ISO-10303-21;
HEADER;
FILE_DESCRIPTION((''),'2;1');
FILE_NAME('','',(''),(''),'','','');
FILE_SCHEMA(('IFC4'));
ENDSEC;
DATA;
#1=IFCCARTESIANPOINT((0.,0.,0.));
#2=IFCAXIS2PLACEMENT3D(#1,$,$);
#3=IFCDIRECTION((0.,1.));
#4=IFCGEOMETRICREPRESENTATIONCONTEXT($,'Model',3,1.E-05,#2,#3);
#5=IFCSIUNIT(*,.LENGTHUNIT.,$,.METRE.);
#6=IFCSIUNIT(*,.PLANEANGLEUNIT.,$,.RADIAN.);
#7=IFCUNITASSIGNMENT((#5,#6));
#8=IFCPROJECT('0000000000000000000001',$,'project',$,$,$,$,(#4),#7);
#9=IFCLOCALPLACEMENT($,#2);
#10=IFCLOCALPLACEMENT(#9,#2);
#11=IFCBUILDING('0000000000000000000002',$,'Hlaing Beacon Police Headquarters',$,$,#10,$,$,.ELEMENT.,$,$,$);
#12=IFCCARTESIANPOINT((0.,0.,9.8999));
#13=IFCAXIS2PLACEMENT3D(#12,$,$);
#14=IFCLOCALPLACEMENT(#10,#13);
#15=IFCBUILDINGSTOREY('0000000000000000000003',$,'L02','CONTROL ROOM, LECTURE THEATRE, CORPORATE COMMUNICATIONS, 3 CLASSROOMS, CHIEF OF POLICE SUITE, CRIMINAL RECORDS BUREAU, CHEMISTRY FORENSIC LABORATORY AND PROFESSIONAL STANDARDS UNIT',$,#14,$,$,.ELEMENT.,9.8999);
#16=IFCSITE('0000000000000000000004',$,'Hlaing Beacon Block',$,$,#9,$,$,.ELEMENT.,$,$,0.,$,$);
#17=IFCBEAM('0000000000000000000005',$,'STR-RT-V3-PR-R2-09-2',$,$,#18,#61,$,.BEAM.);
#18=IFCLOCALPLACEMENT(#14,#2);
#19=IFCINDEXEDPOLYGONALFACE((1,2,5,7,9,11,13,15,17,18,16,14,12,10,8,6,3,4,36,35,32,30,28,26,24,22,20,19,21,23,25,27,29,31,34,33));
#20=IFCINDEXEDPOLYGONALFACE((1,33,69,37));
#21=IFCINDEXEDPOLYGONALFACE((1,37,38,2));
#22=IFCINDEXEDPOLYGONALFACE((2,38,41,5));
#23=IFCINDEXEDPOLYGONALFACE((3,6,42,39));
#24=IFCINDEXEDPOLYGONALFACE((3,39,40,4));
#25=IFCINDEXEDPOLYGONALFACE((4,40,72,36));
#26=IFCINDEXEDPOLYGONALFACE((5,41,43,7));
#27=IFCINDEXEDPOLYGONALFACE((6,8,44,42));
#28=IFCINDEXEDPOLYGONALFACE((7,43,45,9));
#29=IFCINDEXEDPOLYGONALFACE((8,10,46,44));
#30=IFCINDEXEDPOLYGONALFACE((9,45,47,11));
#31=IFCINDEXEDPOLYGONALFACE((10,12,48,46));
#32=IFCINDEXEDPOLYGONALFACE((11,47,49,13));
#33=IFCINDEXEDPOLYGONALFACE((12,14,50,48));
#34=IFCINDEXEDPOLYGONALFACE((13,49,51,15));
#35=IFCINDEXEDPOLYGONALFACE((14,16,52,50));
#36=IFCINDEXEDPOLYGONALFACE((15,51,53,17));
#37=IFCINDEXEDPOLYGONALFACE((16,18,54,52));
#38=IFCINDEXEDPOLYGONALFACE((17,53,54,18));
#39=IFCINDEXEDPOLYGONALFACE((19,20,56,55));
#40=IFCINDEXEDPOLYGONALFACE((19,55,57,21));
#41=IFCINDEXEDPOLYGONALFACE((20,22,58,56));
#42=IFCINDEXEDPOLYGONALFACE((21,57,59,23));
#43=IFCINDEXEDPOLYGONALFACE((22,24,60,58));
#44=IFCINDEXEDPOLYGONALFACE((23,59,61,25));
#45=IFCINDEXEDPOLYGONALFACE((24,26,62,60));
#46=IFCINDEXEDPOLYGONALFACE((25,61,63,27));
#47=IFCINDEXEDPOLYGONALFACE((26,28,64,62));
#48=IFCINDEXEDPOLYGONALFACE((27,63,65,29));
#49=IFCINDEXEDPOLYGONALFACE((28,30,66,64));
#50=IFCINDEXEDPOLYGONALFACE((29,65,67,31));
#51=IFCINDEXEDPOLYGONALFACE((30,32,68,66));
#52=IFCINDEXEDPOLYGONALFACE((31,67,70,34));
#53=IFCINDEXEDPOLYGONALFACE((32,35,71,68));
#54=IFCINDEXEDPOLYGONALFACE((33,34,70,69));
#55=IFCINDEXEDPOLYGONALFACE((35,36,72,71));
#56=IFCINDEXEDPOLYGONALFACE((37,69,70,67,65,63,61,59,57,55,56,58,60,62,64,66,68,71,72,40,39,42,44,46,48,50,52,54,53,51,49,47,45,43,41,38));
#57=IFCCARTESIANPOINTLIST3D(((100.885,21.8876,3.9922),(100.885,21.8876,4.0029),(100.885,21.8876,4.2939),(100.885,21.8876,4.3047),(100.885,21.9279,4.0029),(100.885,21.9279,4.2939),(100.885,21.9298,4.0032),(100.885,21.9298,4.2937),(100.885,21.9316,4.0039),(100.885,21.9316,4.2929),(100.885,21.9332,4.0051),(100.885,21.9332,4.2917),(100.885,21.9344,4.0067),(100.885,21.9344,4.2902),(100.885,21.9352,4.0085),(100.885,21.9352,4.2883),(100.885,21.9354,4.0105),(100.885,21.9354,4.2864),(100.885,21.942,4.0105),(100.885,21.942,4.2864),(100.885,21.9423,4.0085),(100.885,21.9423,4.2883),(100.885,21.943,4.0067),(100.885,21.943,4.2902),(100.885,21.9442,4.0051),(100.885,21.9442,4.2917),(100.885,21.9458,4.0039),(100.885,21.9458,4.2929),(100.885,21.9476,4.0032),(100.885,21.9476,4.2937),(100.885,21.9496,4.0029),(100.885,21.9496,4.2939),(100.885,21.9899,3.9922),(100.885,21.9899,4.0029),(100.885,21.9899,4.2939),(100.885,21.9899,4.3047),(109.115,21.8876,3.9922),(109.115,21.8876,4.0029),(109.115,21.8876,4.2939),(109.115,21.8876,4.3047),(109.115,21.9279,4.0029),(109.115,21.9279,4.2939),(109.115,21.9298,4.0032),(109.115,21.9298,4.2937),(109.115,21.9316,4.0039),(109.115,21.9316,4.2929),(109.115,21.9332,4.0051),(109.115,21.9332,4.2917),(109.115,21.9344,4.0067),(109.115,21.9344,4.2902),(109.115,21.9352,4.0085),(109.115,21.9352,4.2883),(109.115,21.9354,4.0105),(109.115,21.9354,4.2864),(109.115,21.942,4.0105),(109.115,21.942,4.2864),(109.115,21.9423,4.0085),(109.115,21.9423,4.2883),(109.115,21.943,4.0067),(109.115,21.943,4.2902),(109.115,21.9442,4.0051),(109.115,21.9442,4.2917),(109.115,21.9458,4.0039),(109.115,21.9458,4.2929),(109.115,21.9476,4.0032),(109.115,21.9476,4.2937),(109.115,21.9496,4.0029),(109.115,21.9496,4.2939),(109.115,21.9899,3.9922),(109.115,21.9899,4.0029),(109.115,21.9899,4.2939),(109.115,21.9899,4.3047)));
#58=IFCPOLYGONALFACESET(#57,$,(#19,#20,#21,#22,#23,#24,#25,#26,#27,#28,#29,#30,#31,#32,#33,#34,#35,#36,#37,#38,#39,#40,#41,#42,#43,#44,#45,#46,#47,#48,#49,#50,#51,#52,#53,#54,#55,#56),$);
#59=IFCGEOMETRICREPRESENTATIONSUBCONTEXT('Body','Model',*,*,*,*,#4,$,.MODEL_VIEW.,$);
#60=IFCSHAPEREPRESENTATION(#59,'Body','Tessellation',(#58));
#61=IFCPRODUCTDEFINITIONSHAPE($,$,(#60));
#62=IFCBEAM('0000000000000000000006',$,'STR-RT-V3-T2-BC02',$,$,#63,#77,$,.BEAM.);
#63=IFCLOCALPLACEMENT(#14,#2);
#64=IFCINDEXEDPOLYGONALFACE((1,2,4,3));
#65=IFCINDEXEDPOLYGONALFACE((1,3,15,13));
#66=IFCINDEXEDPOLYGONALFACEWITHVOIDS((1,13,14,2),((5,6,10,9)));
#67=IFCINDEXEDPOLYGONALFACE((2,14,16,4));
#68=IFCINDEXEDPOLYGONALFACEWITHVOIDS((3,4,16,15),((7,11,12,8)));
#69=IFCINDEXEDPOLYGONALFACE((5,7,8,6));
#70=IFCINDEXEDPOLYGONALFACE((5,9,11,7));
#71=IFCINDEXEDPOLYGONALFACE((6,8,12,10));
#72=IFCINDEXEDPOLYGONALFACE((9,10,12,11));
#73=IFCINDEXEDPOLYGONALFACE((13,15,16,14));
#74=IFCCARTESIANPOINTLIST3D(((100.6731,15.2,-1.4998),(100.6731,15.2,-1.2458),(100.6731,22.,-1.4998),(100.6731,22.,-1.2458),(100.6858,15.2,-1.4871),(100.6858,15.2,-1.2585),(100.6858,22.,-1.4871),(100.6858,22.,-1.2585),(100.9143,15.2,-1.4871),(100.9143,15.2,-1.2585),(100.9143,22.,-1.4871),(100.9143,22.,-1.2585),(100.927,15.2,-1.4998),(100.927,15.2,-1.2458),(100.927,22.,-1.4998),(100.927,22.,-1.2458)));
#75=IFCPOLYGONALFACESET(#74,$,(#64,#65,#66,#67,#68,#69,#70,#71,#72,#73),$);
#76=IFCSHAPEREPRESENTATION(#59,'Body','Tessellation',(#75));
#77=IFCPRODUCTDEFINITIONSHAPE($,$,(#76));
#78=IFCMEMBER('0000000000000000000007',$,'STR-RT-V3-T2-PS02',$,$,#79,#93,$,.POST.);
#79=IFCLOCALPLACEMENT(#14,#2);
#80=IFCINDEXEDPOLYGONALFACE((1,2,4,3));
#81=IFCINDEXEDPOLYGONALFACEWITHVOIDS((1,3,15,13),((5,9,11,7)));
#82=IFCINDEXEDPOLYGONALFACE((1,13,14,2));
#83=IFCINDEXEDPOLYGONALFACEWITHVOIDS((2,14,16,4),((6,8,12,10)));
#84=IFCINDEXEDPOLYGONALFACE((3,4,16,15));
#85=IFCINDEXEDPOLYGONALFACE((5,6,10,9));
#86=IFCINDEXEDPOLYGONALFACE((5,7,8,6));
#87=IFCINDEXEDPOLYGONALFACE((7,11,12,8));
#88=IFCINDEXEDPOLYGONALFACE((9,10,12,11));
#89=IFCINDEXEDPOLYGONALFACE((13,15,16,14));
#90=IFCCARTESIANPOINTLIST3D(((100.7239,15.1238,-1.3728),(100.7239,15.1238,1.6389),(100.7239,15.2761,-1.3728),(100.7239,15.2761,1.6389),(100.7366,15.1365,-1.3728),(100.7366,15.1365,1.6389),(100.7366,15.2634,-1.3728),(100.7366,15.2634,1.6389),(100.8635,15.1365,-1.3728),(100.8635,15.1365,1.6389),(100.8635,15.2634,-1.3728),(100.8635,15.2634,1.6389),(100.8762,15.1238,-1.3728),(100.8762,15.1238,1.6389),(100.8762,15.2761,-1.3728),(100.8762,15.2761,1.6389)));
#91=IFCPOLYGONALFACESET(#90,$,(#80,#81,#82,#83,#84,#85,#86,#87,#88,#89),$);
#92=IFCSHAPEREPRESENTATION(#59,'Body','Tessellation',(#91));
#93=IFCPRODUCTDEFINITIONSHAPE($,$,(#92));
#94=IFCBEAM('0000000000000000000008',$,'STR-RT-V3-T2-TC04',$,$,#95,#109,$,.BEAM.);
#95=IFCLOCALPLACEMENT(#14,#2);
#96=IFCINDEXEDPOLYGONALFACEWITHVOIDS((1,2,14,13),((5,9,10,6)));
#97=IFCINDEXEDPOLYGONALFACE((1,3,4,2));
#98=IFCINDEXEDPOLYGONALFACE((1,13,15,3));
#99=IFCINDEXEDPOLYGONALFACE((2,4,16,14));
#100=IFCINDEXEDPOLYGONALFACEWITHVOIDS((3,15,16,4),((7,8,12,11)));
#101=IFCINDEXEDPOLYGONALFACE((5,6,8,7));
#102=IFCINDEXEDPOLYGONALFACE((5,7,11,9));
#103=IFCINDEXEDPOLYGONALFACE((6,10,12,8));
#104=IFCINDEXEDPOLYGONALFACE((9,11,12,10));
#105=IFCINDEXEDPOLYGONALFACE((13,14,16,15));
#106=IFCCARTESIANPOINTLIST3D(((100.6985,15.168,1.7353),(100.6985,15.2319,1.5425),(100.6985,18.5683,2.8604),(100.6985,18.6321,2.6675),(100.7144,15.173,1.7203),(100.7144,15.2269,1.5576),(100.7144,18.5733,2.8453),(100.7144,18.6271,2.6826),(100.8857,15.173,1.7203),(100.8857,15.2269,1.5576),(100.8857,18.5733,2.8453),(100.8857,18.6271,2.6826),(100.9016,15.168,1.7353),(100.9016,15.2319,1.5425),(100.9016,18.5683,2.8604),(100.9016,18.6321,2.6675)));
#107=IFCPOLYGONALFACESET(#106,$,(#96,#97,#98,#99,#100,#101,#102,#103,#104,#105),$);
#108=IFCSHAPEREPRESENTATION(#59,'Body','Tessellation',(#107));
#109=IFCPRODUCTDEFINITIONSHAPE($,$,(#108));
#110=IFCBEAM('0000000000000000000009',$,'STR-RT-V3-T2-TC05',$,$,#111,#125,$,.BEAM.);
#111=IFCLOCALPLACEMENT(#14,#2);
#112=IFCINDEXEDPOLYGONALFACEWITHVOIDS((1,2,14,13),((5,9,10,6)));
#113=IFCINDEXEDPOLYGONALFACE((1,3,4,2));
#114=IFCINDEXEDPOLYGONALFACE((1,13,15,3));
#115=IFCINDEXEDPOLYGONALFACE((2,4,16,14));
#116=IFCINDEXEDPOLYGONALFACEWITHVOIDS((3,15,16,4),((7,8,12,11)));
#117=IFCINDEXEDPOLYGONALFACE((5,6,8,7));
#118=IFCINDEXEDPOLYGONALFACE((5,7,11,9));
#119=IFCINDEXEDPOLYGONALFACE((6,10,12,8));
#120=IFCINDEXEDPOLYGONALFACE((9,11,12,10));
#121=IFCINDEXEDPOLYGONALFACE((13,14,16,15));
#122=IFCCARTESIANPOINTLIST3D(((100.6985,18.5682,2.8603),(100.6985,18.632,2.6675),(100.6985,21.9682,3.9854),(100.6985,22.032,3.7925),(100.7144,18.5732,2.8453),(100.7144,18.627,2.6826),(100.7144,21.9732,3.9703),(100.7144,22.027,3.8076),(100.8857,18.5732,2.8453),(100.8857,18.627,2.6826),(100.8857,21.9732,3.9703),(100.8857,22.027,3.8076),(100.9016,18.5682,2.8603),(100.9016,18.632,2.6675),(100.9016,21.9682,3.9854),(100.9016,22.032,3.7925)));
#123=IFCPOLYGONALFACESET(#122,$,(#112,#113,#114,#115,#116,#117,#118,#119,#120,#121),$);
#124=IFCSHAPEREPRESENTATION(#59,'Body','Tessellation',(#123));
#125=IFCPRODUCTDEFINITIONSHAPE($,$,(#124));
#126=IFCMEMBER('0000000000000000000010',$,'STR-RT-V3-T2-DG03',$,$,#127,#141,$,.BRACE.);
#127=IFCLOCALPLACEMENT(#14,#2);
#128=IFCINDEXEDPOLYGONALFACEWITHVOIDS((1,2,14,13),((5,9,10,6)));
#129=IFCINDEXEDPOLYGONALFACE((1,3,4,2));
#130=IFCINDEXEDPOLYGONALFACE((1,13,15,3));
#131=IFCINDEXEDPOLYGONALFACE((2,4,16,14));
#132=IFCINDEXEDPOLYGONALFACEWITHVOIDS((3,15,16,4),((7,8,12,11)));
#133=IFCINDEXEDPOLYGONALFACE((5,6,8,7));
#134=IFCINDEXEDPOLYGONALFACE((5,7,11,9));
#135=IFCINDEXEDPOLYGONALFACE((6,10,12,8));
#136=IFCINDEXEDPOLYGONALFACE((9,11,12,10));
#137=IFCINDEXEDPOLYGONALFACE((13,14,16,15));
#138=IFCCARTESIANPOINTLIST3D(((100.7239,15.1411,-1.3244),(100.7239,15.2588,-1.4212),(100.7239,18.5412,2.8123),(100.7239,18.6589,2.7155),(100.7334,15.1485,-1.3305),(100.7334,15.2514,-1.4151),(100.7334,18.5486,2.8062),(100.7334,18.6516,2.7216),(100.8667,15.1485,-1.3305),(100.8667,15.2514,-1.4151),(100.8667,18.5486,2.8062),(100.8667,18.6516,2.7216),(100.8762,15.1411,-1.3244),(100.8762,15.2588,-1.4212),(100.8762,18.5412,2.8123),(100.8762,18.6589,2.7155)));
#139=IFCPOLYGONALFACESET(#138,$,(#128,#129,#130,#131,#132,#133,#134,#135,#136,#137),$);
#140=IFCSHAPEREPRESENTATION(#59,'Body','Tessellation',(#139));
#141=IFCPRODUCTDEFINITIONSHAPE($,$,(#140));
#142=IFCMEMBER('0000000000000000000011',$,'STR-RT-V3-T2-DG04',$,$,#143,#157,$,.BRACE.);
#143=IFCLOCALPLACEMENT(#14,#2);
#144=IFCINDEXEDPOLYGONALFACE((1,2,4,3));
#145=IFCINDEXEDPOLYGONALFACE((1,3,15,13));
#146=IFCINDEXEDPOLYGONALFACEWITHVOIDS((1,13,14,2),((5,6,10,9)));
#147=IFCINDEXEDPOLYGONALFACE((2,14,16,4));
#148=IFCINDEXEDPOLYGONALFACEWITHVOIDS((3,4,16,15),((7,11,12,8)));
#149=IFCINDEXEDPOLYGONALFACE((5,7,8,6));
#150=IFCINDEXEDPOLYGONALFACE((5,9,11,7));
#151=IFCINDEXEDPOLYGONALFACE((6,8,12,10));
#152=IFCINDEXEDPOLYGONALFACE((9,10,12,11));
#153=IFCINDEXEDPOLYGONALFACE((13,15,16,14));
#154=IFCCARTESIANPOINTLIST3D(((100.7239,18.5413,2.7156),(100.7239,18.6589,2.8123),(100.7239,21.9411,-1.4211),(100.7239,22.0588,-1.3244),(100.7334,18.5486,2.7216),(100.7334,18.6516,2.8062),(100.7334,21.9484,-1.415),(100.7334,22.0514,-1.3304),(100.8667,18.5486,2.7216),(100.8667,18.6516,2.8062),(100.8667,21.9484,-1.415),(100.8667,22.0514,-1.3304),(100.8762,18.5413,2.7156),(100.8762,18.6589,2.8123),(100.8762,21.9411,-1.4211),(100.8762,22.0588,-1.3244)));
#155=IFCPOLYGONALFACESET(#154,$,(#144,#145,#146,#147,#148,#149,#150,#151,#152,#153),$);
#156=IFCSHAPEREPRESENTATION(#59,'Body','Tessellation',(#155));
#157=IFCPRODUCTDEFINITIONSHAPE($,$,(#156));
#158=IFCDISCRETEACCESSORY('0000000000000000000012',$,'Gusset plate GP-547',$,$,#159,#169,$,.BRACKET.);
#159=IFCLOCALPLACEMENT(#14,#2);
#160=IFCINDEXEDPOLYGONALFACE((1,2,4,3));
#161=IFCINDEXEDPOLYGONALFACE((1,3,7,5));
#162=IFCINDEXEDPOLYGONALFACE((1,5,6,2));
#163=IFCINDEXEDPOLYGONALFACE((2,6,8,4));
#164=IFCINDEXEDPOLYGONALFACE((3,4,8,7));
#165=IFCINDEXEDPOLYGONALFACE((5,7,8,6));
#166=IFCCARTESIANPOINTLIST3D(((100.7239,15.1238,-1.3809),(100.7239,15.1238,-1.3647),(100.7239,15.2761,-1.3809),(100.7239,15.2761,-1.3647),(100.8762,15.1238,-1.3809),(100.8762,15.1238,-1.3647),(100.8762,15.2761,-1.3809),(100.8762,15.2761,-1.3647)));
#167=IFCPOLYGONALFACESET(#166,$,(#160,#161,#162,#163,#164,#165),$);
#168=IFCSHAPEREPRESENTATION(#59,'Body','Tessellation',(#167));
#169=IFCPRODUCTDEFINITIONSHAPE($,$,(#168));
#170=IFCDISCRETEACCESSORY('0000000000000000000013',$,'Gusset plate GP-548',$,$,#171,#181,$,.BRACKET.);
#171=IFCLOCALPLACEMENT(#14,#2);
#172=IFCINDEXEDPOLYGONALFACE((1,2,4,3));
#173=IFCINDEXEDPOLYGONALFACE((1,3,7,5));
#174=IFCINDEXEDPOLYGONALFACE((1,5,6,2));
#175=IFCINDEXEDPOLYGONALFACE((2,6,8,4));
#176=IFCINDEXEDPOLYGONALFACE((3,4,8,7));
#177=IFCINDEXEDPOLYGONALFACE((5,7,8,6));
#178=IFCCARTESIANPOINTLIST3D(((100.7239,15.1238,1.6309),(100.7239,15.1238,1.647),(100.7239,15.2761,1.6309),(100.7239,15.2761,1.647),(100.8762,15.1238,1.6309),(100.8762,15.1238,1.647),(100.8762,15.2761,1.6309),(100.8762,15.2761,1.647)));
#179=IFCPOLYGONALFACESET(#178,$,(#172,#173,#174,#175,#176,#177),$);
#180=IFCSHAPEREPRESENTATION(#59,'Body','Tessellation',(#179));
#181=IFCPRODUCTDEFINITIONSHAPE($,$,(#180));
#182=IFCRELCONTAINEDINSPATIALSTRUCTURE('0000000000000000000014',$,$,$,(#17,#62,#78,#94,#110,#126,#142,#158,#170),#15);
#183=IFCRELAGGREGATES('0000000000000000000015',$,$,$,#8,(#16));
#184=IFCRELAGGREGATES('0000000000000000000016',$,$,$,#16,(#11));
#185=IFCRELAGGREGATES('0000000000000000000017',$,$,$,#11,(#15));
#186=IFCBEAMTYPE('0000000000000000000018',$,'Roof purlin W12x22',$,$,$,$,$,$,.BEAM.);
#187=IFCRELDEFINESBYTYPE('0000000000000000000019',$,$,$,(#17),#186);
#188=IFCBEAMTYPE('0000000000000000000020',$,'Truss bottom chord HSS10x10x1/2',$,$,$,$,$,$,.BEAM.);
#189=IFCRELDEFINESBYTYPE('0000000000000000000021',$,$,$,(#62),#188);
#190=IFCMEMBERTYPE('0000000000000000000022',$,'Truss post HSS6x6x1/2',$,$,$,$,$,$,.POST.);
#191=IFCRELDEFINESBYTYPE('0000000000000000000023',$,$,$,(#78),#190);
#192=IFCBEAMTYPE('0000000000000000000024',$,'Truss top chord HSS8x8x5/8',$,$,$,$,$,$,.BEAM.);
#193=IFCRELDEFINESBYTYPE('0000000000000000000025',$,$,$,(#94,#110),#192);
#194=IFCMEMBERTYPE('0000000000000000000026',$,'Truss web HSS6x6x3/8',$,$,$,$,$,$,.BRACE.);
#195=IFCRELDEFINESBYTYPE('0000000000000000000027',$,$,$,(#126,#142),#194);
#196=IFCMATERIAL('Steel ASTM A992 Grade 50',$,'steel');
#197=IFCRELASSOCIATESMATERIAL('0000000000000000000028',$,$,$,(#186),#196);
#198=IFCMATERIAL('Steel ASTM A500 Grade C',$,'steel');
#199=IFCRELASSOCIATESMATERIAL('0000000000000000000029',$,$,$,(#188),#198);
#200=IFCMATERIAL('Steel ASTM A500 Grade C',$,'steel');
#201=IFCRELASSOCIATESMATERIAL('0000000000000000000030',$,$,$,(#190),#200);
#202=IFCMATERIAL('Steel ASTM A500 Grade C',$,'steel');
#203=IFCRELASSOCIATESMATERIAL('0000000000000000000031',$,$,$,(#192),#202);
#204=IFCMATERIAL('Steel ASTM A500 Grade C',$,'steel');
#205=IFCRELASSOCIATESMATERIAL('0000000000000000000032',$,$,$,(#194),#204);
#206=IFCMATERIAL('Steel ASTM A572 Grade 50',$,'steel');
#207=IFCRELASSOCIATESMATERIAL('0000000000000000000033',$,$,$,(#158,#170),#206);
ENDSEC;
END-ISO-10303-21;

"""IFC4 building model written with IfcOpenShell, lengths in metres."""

from ifc_helpers import new_model, si_unit, direction, frame, origin, origin_2d, place, context, subcontext, project, spatial, rectangle, hollow_rectangle, i_section, extrude, material, material_profile, profile_set, type_object, element, save


model = new_model("IFC4")

# Units and contexts
model_context = context("Model", 3, precision=1e-05, world=origin(), true_north=direction((0.0, 1.0)))
body_context = subcontext(model_context, "Body", "Model", "MODEL_VIEW")
ifc_project = project(units=[si_unit("LENGTHUNIT", "METRE"), si_unit("PLANEANGLEUNIT", "RADIAN")], contexts=[model_context])

# Site, building, storey
site_placement = place(None, origin())
site = spatial("IfcSite", under=ifc_project, at=site_placement, Name="Hlaing Beacon Block", CompositionType="ELEMENT", RefElevation=0.0)
building_placement = place(site_placement, origin())
building = spatial("IfcBuilding", under=site, at=building_placement, Name="Hlaing Beacon Police Headquarters", CompositionType="ELEMENT")
storey_placement = place(building_placement, frame((0.0, 0.0, 9.8999)))
storey = spatial("IfcBuildingStorey", under=building, at=storey_placement, Name="L02", Description="CONTROL ROOM, LECTURE THEATRE, CORPORATE COMMUNICATIONS, 3 CLASSROOMS, CHIEF OF POLICE SUITE, CRIMINAL RECORDS BUREAU, CHEMISTRY FORENSIC LABORATORY AND PROFESSIONAL STANDARDS UNIT", CompositionType="ELEMENT", Elevation=9.8999)

# Beams
ifc_material_1 = material(Name="Steel ASTM A992 Grade 50", Category="steel")
ifc_material_profile_1 = material_profile(ifc_material_1, i_section(OverallWidth=0.1023, OverallDepth=0.3125, WebThickness=0.0066, FlangeThickness=0.0107, FilletRadius=0.0076, at=origin_2d()), Name="W12x22")
ifc_profile_set_1 = profile_set([ifc_material_profile_1], Name="Steel ASTM A992 Grade 50")
beam_type_1 = type_object("IfcBeamType", Name="Roof purlin W12x22", PredefinedType="BEAM", material=ifc_profile_set_1)
for number, where, z_axis, x_axis, name in (
    (1, (100.885, 21.9387, 4.1484), (1.0, 0.0, 0.0), (0.0, 1.0, 0.0), "STR-RT-V3-PR-R2-09-2"),
):
    element("IfcBeam", number, at=place(storey_placement, frame(where, z_axis=z_axis, x_axis=x_axis)), inside=storey, type_object=beam_type_1, Name=name, PredefinedType="BEAM", context=body_context, shape_type="SweptSolid", body=[
        extrude(i_section(OverallWidth=0.1023, OverallDepth=0.3125, WebThickness=0.0066, FlangeThickness=0.0107, FilletRadius=0.0076, at=origin_2d()), origin(), (0.0, 0.0, 1.0), 8.23),
    ])
ifc_material_2 = material(Name="Steel ASTM A500 Grade C", Category="steel")
ifc_material_profile_2 = material_profile(ifc_material_2, hollow_rectangle(XDim=0.2539, YDim=0.2539, WallThickness=0.0127, at=origin_2d()), Name="HSS10x10x1/2")
ifc_profile_set_2 = profile_set([ifc_material_profile_2], Name="Steel ASTM A500 Grade C")
beam_type_2 = type_object("IfcBeamType", Name="Truss bottom chord HSS10x10x1/2", PredefinedType="BEAM", material=ifc_profile_set_2)
beam_1_placement = place(storey_placement, frame((100.8, 15.2, -1.3728), z_axis=(0.0, 1.0, 0.0), x_axis=(-1.0, 0.0, 0.0)))
element("IfcBeam", 2, at=beam_1_placement, inside=storey, type_object=beam_type_2, Name="STR-RT-V3-T2-BC02", PredefinedType="BEAM", context=body_context, shape_type="SweptSolid", body=[
    extrude(hollow_rectangle(XDim=0.2539, YDim=0.2539, WallThickness=0.0127, at=origin_2d()), origin(), (0.0, 0.0, 1.0), 6.8),
])

# Member
ifc_material_3 = material(Name="Steel ASTM A500 Grade C", Category="steel")
ifc_material_profile_3 = material_profile(ifc_material_3, hollow_rectangle(XDim=0.1523, YDim=0.1523, WallThickness=0.0127, at=origin_2d()), Name="HSS6x6x1/2")
ifc_profile_set_3 = profile_set([ifc_material_profile_3], Name="Steel ASTM A500 Grade C")
member_type_1 = type_object("IfcMemberType", Name="Truss post HSS6x6x1/2", PredefinedType="POST", material=ifc_profile_set_3)
member_1_placement = place(storey_placement, frame((100.8, 15.2, -1.3728), z_axis=(0.0, 0.0, 1.0), x_axis=(1.0, 0.0, 0.0)))
element("IfcMember", 3, at=member_1_placement, inside=storey, type_object=member_type_1, Name="STR-RT-V3-T2-PS02", PredefinedType="POST", context=body_context, shape_type="SweptSolid", body=[
    extrude(hollow_rectangle(XDim=0.1523, YDim=0.1523, WallThickness=0.0127, at=origin_2d()), origin(), (0.0, 0.0, 1.0), 3.0117),
])

# Beams
ifc_material_4 = material(Name="Steel ASTM A500 Grade C", Category="steel")
ifc_material_profile_4 = material_profile(ifc_material_4, hollow_rectangle(XDim=0.2031, YDim=0.2031, WallThickness=0.0159, at=origin_2d()), Name="HSS8x8x5/8")
ifc_profile_set_4 = profile_set([ifc_material_profile_4], Name="Steel ASTM A500 Grade C")
beam_type_3 = type_object("IfcBeamType", Name="Truss top chord HSS8x8x5/8", PredefinedType="BEAM", material=ifc_profile_set_4)
beam_2_placement = place(storey_placement, frame((100.8, 15.2, 1.6389), z_axis=(0.0, 0.949383, 0.314121), x_axis=(-1.0, 0.0, 0.0)))
element("IfcBeam", 4, at=beam_2_placement, inside=storey, type_object=beam_type_3, Name="STR-RT-V3-T2-TC04", PredefinedType="BEAM", context=body_context, shape_type="SweptSolid", body=[
    extrude(hollow_rectangle(XDim=0.2031, YDim=0.2031, WallThickness=0.0159, at=origin_2d()), origin(), (0.0, 0.0, 1.0), 3.5815),
])
beam_3_placement = place(storey_placement, frame((100.8, 18.6001, 2.7639), z_axis=(0.0, 0.949376, 0.314141), x_axis=(-1.0, 0.0, 0.0)))
element("IfcBeam", 5, at=beam_3_placement, inside=storey, type_object=beam_type_3, Name="STR-RT-V3-T2-TC05", PredefinedType="BEAM", context=body_context, shape_type="SweptSolid", body=[
    extrude(hollow_rectangle(XDim=0.2031, YDim=0.2031, WallThickness=0.0159, at=origin_2d()), origin(), (0.0, 0.0, 1.0), 3.5813),
])

# Members
ifc_material_5 = material(Name="Steel ASTM A500 Grade C", Category="steel")
ifc_material_profile_5 = material_profile(ifc_material_5, hollow_rectangle(XDim=0.1523, YDim=0.1523, WallThickness=0.0095, at=origin_2d()), Name="HSS6x6x3/8")
ifc_profile_set_5 = profile_set([ifc_material_profile_5], Name="Steel ASTM A500 Grade C")
member_type_2 = type_object("IfcMemberType", Name="Truss web HSS6x6x3/8", PredefinedType="BRACE", material=ifc_profile_set_5)
member_2_placement = place(storey_placement, frame((100.8, 15.2, -1.3728), z_axis=(0.0, 0.634977, 0.772531), x_axis=(-1.0, 0.0, 0.0)))
element("IfcMember", 6, at=member_2_placement, inside=storey, type_object=member_type_2, Name="STR-RT-V3-T2-DG03", PredefinedType="BRACE", context=body_context, shape_type="SweptSolid", body=[
    extrude(hollow_rectangle(XDim=0.1523, YDim=0.1523, WallThickness=0.0095, at=origin_2d()), origin(), (0.0, 0.0, 1.0), 5.3547),
])
member_3_placement = place(storey_placement, frame((100.8, 18.6001, 2.7639), z_axis=(0.0, 0.634949, -0.772554), x_axis=(-1.0, 0.0, 0.0)))
element("IfcMember", 7, at=member_3_placement, inside=storey, type_object=member_type_2, Name="STR-RT-V3-T2-DG04", PredefinedType="BRACE", context=body_context, shape_type="SweptSolid", body=[
    extrude(hollow_rectangle(XDim=0.1523, YDim=0.1523, WallThickness=0.0095, at=origin_2d()), origin(), (0.0, 0.0, 1.0), 5.3545),
])

# Discrete accessories
ifc_material_6 = material(Name="Steel ASTM A572 Grade 50", Category="steel")
for number, where, z_axis, x_axis, name in (
    (8, (100.8, 15.2, -1.3647), (0.0, 0.0, -1.0), (1.0, 0.0, 0.0), "Gusset plate GP-547"),
    (9, (100.8, 15.2, 1.6309), (0.0, 0.0, 1.0), (1.0, 0.0, 0.0), "Gusset plate GP-548"),
):
    element("IfcDiscreteAccessory", number, at=place(storey_placement, frame(where, z_axis=z_axis, x_axis=x_axis)), inside=storey, material=ifc_material_6, Name=name, PredefinedType="BRACKET", context=body_context, shape_type="SweptSolid", body=[
        extrude(rectangle(XDim=0.1523, YDim=0.1523, at=origin_2d()), origin(), (0.0, 0.0, 1.0), 0.0161),
    ])

save(model, "model.ifc")
